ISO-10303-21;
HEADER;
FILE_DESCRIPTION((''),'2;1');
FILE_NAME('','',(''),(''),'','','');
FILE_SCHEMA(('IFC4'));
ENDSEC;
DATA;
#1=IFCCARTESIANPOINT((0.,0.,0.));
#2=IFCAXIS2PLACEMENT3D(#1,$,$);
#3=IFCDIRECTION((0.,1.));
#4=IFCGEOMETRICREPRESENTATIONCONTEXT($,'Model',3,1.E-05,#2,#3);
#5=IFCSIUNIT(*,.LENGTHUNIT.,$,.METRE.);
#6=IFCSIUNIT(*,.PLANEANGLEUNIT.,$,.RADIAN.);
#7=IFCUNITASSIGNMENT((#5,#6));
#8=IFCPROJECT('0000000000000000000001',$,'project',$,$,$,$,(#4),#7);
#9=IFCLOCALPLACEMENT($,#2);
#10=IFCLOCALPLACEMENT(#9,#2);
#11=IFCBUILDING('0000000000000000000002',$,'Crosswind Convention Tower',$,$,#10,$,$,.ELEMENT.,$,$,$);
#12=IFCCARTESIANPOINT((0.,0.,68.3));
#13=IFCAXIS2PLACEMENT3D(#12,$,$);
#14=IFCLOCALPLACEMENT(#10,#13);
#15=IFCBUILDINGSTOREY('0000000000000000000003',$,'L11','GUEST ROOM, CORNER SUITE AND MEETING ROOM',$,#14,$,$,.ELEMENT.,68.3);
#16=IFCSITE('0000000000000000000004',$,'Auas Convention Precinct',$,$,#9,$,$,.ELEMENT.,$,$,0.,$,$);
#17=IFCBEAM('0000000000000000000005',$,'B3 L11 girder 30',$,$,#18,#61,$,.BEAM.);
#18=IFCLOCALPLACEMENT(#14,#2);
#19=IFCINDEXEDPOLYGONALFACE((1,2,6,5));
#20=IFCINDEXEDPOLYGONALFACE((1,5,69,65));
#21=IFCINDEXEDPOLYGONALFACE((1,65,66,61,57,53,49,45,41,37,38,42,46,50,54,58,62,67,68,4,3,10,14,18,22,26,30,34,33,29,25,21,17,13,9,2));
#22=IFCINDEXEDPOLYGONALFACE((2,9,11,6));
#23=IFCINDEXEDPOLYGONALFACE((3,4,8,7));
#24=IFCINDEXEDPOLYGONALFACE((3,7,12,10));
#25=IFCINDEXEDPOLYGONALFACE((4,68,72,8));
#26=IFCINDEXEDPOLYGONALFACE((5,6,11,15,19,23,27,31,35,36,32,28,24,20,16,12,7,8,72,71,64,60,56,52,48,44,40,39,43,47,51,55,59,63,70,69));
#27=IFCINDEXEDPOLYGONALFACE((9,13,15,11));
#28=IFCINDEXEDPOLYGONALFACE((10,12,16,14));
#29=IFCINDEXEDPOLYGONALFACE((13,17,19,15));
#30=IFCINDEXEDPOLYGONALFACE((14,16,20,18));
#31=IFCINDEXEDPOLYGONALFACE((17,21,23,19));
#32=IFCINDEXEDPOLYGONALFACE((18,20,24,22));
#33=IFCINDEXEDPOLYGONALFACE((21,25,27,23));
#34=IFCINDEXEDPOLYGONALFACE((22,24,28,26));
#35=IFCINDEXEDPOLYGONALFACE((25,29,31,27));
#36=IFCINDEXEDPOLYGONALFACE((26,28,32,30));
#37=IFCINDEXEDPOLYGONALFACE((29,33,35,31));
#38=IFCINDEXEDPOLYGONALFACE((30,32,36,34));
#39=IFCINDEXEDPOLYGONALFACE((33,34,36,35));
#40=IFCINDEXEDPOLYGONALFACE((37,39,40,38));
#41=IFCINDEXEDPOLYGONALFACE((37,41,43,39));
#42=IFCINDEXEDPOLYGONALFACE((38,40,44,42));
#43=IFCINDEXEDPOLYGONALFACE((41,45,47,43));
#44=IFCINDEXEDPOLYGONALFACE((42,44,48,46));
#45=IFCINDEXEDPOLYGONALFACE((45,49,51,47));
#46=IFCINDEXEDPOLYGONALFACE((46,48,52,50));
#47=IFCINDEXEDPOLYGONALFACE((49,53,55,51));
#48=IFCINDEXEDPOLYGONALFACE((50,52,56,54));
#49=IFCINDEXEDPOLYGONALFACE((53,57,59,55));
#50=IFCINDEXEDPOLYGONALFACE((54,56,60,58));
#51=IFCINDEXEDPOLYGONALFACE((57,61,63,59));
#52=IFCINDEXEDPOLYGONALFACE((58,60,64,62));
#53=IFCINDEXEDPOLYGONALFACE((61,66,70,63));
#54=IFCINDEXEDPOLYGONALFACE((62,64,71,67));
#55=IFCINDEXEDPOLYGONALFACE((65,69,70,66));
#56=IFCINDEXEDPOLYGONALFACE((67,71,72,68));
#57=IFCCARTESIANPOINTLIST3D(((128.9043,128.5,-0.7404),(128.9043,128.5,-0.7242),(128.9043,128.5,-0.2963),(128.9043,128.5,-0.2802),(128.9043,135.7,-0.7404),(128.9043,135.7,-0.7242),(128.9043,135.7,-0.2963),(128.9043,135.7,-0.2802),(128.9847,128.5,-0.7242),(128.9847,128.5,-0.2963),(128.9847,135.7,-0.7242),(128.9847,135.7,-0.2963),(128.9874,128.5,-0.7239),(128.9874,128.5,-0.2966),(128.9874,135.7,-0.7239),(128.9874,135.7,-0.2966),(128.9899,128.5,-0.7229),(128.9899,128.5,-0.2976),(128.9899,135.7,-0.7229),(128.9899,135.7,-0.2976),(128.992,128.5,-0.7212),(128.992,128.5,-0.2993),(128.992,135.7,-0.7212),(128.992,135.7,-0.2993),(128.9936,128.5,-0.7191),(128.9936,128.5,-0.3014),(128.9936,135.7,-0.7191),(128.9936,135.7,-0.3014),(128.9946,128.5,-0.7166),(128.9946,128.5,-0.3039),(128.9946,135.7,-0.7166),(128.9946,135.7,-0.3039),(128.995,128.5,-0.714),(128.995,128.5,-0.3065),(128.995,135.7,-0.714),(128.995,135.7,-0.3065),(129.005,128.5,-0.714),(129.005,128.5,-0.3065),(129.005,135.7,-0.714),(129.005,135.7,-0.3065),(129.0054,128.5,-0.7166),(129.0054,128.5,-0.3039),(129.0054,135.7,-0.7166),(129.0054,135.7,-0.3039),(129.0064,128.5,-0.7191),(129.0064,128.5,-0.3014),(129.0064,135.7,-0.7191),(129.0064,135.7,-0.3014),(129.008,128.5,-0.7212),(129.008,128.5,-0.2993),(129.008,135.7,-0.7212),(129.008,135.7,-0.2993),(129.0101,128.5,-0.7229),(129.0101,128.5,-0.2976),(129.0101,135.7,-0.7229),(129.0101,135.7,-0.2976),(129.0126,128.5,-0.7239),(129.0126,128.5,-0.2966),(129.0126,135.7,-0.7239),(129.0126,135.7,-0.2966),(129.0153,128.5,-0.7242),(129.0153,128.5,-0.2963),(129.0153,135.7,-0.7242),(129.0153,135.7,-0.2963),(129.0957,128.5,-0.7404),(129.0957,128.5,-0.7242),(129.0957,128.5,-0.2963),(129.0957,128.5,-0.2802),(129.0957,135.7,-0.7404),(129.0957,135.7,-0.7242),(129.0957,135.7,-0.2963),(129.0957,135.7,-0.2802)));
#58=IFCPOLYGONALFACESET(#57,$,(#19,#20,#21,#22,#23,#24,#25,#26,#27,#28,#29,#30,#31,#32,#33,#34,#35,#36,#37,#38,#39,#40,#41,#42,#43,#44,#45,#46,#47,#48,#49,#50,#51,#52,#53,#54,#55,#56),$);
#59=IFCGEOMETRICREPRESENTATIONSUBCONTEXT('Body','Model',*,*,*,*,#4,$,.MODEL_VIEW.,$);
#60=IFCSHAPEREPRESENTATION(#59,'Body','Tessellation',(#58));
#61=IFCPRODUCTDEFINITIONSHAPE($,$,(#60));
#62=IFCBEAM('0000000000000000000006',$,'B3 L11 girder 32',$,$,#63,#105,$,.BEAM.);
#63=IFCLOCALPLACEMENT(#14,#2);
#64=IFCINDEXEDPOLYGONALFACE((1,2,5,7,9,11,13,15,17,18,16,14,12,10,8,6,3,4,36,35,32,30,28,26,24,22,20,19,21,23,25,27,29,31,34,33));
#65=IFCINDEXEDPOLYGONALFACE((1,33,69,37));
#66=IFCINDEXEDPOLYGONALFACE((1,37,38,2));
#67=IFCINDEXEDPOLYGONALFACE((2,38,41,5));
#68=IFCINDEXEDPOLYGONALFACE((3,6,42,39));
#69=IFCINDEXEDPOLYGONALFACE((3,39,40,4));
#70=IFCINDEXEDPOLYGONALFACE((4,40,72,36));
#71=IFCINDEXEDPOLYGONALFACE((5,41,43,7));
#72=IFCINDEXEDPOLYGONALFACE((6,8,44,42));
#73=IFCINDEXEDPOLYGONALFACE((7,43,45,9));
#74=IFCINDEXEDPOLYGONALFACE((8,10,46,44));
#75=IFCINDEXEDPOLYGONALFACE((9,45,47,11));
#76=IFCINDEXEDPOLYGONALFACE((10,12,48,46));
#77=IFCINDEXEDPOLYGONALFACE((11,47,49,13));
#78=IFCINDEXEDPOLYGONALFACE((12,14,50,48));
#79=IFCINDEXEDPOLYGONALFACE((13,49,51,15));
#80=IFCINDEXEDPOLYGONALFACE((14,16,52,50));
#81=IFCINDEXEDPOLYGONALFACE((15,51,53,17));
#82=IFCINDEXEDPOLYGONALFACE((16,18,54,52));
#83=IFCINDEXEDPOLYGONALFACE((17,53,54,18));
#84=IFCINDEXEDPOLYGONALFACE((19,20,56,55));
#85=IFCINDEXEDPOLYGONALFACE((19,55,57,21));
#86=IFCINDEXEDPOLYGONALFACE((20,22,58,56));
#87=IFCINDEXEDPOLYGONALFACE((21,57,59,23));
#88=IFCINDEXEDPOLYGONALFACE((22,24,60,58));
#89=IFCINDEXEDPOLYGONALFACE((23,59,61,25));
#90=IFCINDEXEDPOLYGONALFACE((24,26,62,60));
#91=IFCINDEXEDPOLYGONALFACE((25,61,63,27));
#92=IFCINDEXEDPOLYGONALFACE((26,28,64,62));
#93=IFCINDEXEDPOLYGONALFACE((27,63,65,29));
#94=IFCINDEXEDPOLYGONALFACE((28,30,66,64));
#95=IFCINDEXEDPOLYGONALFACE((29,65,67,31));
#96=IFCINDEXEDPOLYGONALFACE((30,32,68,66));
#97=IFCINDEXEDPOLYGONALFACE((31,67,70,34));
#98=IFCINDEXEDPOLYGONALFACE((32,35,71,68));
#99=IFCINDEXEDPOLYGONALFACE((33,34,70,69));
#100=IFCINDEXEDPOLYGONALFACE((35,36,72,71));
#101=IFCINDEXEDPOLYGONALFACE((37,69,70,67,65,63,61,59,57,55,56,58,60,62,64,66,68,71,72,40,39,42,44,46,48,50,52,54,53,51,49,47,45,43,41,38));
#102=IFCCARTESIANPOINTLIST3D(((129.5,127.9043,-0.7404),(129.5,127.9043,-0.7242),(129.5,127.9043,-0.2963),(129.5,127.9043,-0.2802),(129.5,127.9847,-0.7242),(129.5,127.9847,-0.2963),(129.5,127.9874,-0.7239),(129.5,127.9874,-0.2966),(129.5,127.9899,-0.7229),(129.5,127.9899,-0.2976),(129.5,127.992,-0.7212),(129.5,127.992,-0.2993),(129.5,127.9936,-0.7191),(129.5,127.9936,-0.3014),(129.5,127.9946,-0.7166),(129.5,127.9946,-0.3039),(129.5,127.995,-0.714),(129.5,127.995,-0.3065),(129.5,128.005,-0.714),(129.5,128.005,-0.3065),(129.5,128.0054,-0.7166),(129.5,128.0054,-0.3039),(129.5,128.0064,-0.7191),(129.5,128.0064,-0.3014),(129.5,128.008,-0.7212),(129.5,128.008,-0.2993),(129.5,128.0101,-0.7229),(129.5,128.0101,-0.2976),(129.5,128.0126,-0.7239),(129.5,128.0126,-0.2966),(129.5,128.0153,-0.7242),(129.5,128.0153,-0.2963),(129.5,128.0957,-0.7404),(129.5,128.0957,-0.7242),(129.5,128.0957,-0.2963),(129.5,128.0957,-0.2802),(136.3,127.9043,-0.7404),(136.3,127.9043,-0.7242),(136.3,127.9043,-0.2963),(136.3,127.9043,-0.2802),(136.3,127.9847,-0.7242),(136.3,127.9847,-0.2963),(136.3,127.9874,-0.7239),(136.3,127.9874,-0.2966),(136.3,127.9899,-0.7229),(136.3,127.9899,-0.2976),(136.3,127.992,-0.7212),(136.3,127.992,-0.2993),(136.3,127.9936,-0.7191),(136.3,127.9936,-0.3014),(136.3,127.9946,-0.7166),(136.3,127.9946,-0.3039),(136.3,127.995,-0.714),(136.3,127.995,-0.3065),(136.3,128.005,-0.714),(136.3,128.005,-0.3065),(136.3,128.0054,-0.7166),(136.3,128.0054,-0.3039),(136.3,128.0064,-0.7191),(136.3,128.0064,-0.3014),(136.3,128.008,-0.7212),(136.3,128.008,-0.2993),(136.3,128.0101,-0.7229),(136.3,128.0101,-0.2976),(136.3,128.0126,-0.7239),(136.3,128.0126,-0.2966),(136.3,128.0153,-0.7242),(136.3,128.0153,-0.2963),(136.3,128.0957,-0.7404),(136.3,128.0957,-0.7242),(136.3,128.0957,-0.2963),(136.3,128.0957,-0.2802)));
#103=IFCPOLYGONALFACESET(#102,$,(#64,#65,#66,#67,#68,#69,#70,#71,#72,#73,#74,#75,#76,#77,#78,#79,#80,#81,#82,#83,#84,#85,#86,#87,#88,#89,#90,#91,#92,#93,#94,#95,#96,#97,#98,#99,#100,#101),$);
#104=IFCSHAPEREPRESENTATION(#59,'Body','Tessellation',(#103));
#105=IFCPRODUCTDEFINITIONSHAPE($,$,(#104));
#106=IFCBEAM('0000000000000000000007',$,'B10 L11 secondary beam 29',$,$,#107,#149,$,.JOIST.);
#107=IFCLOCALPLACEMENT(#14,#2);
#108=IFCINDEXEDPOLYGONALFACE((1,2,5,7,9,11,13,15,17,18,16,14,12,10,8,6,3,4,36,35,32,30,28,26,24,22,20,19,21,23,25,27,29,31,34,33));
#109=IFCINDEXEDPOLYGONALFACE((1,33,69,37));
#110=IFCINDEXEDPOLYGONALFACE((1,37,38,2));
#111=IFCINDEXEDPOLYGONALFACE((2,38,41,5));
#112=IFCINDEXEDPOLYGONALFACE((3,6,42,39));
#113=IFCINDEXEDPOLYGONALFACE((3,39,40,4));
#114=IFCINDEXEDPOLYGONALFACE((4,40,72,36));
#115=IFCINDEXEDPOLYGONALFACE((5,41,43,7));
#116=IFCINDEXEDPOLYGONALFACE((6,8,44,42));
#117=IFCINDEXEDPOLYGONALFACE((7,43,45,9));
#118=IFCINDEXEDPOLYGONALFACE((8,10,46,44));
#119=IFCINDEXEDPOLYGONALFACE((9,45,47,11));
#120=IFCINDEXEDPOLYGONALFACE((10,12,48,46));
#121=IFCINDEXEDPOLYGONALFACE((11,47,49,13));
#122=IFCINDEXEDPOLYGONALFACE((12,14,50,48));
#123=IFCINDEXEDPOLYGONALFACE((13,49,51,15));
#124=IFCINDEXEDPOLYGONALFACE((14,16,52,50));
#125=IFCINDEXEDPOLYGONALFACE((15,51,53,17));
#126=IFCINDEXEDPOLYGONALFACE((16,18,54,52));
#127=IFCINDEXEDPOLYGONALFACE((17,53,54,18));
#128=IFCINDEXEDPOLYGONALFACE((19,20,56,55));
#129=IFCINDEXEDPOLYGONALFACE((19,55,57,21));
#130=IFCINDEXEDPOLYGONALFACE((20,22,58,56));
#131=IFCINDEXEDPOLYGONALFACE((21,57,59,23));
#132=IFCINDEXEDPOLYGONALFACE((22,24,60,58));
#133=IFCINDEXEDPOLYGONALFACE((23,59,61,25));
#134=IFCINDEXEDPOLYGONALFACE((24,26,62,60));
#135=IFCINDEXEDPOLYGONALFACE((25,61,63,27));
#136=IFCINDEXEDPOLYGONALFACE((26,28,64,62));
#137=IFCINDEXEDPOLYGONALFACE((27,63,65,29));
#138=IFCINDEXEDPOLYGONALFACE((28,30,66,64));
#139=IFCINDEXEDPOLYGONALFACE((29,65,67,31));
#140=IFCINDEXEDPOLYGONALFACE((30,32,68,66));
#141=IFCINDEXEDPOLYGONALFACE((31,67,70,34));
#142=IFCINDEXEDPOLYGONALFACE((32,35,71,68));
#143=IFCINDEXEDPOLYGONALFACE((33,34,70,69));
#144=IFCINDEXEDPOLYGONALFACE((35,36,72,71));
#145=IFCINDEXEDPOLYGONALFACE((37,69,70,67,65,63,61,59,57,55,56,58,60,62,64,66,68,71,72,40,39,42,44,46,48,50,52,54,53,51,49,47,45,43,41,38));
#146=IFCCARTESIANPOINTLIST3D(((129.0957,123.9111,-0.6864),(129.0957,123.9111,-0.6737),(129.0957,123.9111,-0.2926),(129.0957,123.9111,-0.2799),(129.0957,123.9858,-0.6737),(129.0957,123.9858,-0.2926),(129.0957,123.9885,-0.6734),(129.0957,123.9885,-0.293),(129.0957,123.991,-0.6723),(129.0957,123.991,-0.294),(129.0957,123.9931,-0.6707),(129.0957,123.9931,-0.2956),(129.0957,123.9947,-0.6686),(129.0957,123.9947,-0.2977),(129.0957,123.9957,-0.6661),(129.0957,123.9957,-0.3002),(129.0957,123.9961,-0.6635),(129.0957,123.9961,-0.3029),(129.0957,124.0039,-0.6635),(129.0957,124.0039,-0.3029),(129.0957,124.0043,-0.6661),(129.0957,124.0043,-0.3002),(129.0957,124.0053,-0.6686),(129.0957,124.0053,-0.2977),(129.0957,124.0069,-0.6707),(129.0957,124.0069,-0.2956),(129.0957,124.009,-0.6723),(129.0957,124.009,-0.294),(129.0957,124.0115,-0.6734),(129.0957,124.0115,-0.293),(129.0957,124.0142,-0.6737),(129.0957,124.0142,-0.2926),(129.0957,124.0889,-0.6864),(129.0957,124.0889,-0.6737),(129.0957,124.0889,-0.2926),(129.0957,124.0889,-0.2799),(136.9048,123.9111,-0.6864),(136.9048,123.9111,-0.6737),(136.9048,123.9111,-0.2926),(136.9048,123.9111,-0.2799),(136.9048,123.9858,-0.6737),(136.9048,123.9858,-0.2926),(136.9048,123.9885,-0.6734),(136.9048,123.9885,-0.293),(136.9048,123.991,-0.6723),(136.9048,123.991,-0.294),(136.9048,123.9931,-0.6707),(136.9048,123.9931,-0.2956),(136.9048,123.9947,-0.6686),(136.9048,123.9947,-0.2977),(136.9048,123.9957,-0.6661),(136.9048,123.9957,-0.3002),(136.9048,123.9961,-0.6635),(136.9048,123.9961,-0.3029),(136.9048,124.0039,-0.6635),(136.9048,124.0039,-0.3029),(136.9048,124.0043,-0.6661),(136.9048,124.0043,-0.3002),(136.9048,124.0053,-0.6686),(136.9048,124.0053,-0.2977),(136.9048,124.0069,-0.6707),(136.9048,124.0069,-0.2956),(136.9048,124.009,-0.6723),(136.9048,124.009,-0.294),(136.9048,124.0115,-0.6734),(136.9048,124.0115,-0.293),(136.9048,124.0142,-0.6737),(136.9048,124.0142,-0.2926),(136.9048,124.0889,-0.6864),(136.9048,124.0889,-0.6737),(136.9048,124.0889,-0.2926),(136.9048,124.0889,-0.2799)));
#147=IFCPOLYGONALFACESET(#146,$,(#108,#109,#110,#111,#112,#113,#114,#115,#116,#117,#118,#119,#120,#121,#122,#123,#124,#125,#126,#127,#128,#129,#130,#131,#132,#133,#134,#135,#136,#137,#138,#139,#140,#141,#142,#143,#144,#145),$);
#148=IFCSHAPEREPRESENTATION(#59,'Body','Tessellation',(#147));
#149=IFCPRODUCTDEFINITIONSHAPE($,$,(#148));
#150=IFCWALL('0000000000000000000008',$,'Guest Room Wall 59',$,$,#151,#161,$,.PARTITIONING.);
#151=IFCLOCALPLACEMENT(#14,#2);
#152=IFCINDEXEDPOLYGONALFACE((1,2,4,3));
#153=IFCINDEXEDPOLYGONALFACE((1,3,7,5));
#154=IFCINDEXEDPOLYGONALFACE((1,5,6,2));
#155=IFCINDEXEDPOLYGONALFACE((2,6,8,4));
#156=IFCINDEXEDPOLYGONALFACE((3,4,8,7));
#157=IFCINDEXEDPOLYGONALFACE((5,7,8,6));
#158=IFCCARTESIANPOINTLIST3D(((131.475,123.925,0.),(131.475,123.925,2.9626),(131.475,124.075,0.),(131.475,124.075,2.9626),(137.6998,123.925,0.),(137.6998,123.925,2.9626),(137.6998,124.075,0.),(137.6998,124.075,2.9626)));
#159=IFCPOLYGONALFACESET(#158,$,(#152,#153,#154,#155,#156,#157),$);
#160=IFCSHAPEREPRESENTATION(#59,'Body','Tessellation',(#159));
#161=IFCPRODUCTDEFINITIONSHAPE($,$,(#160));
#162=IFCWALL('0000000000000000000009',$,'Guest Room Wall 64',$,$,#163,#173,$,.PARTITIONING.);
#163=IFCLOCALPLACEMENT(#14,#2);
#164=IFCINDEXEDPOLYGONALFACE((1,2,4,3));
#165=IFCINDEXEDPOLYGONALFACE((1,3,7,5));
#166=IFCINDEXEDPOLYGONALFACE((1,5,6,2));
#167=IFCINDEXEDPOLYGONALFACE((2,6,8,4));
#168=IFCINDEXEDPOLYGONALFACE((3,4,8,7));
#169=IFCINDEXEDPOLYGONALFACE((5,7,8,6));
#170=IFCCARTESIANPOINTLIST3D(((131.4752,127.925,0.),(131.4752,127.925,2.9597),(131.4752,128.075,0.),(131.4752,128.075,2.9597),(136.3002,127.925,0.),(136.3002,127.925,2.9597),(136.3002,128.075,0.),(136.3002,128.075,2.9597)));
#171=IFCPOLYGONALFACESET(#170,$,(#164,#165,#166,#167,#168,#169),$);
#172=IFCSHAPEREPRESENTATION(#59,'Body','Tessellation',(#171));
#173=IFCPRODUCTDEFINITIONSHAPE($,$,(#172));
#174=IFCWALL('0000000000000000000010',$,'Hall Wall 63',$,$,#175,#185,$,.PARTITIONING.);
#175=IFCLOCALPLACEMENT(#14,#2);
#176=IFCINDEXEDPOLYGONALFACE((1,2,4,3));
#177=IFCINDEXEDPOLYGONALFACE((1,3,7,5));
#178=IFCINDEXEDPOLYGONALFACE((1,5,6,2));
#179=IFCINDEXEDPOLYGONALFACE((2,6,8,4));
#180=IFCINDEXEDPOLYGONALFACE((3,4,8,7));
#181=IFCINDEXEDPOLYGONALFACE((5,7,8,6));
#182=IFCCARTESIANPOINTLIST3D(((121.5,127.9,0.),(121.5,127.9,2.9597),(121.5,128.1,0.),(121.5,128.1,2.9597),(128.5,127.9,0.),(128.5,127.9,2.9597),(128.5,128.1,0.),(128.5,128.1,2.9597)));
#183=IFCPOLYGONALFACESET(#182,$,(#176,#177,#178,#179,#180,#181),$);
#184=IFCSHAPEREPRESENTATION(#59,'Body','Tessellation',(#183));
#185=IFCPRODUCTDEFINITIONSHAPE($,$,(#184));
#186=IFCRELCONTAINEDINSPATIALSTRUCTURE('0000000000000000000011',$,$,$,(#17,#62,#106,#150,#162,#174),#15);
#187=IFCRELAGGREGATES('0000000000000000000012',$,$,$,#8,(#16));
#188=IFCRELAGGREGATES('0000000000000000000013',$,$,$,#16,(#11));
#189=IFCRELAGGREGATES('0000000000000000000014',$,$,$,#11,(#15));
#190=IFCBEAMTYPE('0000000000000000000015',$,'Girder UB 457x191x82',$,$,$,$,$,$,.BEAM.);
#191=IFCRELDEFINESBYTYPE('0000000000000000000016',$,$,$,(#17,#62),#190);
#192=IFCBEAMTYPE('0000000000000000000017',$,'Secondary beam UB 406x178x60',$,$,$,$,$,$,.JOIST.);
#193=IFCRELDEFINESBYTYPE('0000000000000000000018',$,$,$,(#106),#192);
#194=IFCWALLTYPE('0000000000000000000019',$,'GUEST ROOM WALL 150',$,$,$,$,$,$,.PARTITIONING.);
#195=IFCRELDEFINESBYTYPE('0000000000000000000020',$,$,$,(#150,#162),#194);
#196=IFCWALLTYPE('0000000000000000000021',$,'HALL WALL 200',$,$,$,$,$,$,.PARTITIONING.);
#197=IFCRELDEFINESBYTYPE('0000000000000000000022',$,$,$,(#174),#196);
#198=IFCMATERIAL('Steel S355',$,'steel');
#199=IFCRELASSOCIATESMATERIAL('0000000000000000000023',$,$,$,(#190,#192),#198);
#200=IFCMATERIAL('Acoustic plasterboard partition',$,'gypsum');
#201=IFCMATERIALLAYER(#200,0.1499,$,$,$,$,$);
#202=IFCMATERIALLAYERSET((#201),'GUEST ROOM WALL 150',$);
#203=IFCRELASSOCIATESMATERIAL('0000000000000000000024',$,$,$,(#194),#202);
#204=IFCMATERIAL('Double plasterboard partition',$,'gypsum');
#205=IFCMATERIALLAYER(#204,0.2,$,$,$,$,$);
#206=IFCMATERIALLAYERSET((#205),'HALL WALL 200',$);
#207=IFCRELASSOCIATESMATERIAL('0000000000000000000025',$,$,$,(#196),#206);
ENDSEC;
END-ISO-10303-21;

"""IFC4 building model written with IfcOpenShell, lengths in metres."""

from ifc_helpers import new_model, si_unit, direction, frame, frame_2d, origin, origin_2d, place, context, subcontext, project, spatial, rectangle, i_section, extrude, material, layer, layer_set, material_profile, profile_set, type_object, element, save


model = new_model("IFC4")

# Units and contexts
model_context = context("Model", 3, precision=1e-05, world=origin(), true_north=direction((0.0, 1.0)))
body_context = subcontext(model_context, "Body", "Model", "MODEL_VIEW")
ifc_project = project(units=[si_unit("LENGTHUNIT", "METRE"), si_unit("PLANEANGLEUNIT", "RADIAN")], contexts=[model_context])

# Site, building, storey
site_placement = place(None, origin())
site = spatial("IfcSite", under=ifc_project, at=site_placement, Name="Auas Convention Precinct", CompositionType="ELEMENT", RefElevation=0.0)
building_placement = place(site_placement, origin())
building = spatial("IfcBuilding", under=site, at=building_placement, Name="Crosswind Convention Tower", CompositionType="ELEMENT")
storey_placement = place(building_placement, frame((0.0, 0.0, 68.3)))
storey = spatial("IfcBuildingStorey", under=building, at=storey_placement, Name="L11", Description="GUEST ROOM, CORNER SUITE AND MEETING ROOM", CompositionType="ELEMENT", Elevation=68.3)

# Beams
ifc_material_1 = material(Name="Steel S355", Category="steel")
ifc_material_profile_1 = material_profile(ifc_material_1, i_section(OverallWidth=0.1914, OverallDepth=0.4602, WebThickness=0.01, FlangeThickness=0.0161, FilletRadius=0.0103, at=origin_2d()), Name="UB 457x191x82")
ifc_profile_set_1 = profile_set([ifc_material_profile_1], Name="Steel S355")
beam_type_1 = type_object("IfcBeamType", Name="Girder UB 457x191x82", PredefinedType="BEAM", material=ifc_profile_set_1)
beam_1_placement = place(storey_placement, frame((129.0, 128.5, -0.5103), z_axis=(0.0, 1.0, 0.0), x_axis=(-1.0, 0.0, 0.0)))
element("IfcBeam", 1, at=beam_1_placement, inside=storey, type_object=beam_type_1, Name="B3 L11 girder 30", PredefinedType="BEAM", context=body_context, shape_type="SweptSolid", body=[
    extrude(i_section(OverallWidth=0.1914, OverallDepth=0.4602, WebThickness=0.01, FlangeThickness=0.0161, FilletRadius=0.0103, at=origin_2d()), origin(), (0.0, 0.0, 1.0), 7.2),
])
beam_2_placement = place(storey_placement, frame((129.5, 128.0, -0.5103), z_axis=(1.0, 0.0, 0.0), x_axis=(0.0, 1.0, 0.0)))
element("IfcBeam", 2, at=beam_2_placement, inside=storey, type_object=beam_type_1, Name="B3 L11 girder 32", PredefinedType="BEAM", context=body_context, shape_type="SweptSolid", body=[
    extrude(i_section(OverallWidth=0.1914, OverallDepth=0.4602, WebThickness=0.01, FlangeThickness=0.0161, FilletRadius=0.0103, at=origin_2d()), origin(), (0.0, 0.0, 1.0), 6.8),
])
ifc_material_profile_2 = material_profile(ifc_material_1, i_section(OverallWidth=0.1777, OverallDepth=0.4065, WebThickness=0.0078, FlangeThickness=0.0127, FilletRadius=0.0103, at=origin_2d()), Name="UB 406x178x60")
ifc_profile_set_2 = profile_set([ifc_material_profile_2], Name="Steel S355")
beam_type_2 = type_object("IfcBeamType", Name="Secondary beam UB 406x178x60", PredefinedType="JOIST", material=ifc_profile_set_2)
beam_3_placement = place(storey_placement, frame((129.0957, 124.0, -0.4832), z_axis=(1.0, 0.0, 0.0), x_axis=(0.0, 1.0, 0.0)))
element("IfcBeam", 3, at=beam_3_placement, inside=storey, type_object=beam_type_2, Name="B10 L11 secondary beam 29", PredefinedType="JOIST", context=body_context, shape_type="SweptSolid", body=[
    extrude(i_section(OverallWidth=0.1777, OverallDepth=0.4065, WebThickness=0.0078, FlangeThickness=0.0127, FilletRadius=0.0103, at=origin_2d()), origin(), (0.0, 0.0, 1.0), 7.8091),
])

# Walls
ifc_material_2 = material(Name="Acoustic plasterboard partition", Category="gypsum")
ifc_layer_1 = layer(ifc_material_2, 0.1499)
ifc_layer_set_1 = layer_set([ifc_layer_1], Name="GUEST ROOM WALL 150")
wall_type_1 = type_object("IfcWallType", Name="GUEST ROOM WALL 150", PredefinedType="PARTITIONING", material=ifc_layer_set_1)
wall_1_placement = place(storey_placement, frame((131.4751, 124.0, 0.0), z_axis=(0.0, 0.0, 1.0), x_axis=(1.0, 0.0, 0.0)))
element("IfcWall", 4, at=wall_1_placement, inside=storey, type_object=wall_type_1, Name="Guest Room Wall 59", PredefinedType="PARTITIONING", context=body_context, shape_type="SweptSolid", body=[
    extrude(rectangle(XDim=6.2249, YDim=0.1499, at=frame_2d((3.1123, 0.0))), origin(), (0.0, 0.0, 1.0), 2.9626),
])
wall_2_placement = place(storey_placement, frame((131.4751, 128.0, 0.0), z_axis=(0.0, 0.0, 1.0), x_axis=(1.0, 0.0, 0.0)))
element("IfcWall", 5, at=wall_2_placement, inside=storey, type_object=wall_type_1, Name="Guest Room Wall 64", PredefinedType="PARTITIONING", context=body_context, shape_type="SweptSolid", body=[
    extrude(rectangle(XDim=4.825, YDim=0.1499, at=frame_2d((2.4126, 0.0))), origin(), (0.0, 0.0, 1.0), 2.9597),
])
ifc_material_3 = material(Name="Double plasterboard partition", Category="gypsum")
ifc_layer_2 = layer(ifc_material_3, 0.2)
ifc_layer_set_2 = layer_set([ifc_layer_2], Name="HALL WALL 200")
wall_type_2 = type_object("IfcWallType", Name="HALL WALL 200", PredefinedType="PARTITIONING", material=ifc_layer_set_2)
wall_3_placement = place(storey_placement, frame((121.5, 128.0, 0.0), z_axis=(0.0, 0.0, 1.0), x_axis=(1.0, 0.0, 0.0)))
element("IfcWall", 6, at=wall_3_placement, inside=storey, type_object=wall_type_2, Name="Hall Wall 63", PredefinedType="PARTITIONING", context=body_context, shape_type="SweptSolid", body=[
    extrude(rectangle(XDim=7.0, YDim=0.2, at=frame_2d((3.5, 0.0))), origin(), (0.0, 0.0, 1.0), 2.9597),
])

save(model, "model.ifc")
